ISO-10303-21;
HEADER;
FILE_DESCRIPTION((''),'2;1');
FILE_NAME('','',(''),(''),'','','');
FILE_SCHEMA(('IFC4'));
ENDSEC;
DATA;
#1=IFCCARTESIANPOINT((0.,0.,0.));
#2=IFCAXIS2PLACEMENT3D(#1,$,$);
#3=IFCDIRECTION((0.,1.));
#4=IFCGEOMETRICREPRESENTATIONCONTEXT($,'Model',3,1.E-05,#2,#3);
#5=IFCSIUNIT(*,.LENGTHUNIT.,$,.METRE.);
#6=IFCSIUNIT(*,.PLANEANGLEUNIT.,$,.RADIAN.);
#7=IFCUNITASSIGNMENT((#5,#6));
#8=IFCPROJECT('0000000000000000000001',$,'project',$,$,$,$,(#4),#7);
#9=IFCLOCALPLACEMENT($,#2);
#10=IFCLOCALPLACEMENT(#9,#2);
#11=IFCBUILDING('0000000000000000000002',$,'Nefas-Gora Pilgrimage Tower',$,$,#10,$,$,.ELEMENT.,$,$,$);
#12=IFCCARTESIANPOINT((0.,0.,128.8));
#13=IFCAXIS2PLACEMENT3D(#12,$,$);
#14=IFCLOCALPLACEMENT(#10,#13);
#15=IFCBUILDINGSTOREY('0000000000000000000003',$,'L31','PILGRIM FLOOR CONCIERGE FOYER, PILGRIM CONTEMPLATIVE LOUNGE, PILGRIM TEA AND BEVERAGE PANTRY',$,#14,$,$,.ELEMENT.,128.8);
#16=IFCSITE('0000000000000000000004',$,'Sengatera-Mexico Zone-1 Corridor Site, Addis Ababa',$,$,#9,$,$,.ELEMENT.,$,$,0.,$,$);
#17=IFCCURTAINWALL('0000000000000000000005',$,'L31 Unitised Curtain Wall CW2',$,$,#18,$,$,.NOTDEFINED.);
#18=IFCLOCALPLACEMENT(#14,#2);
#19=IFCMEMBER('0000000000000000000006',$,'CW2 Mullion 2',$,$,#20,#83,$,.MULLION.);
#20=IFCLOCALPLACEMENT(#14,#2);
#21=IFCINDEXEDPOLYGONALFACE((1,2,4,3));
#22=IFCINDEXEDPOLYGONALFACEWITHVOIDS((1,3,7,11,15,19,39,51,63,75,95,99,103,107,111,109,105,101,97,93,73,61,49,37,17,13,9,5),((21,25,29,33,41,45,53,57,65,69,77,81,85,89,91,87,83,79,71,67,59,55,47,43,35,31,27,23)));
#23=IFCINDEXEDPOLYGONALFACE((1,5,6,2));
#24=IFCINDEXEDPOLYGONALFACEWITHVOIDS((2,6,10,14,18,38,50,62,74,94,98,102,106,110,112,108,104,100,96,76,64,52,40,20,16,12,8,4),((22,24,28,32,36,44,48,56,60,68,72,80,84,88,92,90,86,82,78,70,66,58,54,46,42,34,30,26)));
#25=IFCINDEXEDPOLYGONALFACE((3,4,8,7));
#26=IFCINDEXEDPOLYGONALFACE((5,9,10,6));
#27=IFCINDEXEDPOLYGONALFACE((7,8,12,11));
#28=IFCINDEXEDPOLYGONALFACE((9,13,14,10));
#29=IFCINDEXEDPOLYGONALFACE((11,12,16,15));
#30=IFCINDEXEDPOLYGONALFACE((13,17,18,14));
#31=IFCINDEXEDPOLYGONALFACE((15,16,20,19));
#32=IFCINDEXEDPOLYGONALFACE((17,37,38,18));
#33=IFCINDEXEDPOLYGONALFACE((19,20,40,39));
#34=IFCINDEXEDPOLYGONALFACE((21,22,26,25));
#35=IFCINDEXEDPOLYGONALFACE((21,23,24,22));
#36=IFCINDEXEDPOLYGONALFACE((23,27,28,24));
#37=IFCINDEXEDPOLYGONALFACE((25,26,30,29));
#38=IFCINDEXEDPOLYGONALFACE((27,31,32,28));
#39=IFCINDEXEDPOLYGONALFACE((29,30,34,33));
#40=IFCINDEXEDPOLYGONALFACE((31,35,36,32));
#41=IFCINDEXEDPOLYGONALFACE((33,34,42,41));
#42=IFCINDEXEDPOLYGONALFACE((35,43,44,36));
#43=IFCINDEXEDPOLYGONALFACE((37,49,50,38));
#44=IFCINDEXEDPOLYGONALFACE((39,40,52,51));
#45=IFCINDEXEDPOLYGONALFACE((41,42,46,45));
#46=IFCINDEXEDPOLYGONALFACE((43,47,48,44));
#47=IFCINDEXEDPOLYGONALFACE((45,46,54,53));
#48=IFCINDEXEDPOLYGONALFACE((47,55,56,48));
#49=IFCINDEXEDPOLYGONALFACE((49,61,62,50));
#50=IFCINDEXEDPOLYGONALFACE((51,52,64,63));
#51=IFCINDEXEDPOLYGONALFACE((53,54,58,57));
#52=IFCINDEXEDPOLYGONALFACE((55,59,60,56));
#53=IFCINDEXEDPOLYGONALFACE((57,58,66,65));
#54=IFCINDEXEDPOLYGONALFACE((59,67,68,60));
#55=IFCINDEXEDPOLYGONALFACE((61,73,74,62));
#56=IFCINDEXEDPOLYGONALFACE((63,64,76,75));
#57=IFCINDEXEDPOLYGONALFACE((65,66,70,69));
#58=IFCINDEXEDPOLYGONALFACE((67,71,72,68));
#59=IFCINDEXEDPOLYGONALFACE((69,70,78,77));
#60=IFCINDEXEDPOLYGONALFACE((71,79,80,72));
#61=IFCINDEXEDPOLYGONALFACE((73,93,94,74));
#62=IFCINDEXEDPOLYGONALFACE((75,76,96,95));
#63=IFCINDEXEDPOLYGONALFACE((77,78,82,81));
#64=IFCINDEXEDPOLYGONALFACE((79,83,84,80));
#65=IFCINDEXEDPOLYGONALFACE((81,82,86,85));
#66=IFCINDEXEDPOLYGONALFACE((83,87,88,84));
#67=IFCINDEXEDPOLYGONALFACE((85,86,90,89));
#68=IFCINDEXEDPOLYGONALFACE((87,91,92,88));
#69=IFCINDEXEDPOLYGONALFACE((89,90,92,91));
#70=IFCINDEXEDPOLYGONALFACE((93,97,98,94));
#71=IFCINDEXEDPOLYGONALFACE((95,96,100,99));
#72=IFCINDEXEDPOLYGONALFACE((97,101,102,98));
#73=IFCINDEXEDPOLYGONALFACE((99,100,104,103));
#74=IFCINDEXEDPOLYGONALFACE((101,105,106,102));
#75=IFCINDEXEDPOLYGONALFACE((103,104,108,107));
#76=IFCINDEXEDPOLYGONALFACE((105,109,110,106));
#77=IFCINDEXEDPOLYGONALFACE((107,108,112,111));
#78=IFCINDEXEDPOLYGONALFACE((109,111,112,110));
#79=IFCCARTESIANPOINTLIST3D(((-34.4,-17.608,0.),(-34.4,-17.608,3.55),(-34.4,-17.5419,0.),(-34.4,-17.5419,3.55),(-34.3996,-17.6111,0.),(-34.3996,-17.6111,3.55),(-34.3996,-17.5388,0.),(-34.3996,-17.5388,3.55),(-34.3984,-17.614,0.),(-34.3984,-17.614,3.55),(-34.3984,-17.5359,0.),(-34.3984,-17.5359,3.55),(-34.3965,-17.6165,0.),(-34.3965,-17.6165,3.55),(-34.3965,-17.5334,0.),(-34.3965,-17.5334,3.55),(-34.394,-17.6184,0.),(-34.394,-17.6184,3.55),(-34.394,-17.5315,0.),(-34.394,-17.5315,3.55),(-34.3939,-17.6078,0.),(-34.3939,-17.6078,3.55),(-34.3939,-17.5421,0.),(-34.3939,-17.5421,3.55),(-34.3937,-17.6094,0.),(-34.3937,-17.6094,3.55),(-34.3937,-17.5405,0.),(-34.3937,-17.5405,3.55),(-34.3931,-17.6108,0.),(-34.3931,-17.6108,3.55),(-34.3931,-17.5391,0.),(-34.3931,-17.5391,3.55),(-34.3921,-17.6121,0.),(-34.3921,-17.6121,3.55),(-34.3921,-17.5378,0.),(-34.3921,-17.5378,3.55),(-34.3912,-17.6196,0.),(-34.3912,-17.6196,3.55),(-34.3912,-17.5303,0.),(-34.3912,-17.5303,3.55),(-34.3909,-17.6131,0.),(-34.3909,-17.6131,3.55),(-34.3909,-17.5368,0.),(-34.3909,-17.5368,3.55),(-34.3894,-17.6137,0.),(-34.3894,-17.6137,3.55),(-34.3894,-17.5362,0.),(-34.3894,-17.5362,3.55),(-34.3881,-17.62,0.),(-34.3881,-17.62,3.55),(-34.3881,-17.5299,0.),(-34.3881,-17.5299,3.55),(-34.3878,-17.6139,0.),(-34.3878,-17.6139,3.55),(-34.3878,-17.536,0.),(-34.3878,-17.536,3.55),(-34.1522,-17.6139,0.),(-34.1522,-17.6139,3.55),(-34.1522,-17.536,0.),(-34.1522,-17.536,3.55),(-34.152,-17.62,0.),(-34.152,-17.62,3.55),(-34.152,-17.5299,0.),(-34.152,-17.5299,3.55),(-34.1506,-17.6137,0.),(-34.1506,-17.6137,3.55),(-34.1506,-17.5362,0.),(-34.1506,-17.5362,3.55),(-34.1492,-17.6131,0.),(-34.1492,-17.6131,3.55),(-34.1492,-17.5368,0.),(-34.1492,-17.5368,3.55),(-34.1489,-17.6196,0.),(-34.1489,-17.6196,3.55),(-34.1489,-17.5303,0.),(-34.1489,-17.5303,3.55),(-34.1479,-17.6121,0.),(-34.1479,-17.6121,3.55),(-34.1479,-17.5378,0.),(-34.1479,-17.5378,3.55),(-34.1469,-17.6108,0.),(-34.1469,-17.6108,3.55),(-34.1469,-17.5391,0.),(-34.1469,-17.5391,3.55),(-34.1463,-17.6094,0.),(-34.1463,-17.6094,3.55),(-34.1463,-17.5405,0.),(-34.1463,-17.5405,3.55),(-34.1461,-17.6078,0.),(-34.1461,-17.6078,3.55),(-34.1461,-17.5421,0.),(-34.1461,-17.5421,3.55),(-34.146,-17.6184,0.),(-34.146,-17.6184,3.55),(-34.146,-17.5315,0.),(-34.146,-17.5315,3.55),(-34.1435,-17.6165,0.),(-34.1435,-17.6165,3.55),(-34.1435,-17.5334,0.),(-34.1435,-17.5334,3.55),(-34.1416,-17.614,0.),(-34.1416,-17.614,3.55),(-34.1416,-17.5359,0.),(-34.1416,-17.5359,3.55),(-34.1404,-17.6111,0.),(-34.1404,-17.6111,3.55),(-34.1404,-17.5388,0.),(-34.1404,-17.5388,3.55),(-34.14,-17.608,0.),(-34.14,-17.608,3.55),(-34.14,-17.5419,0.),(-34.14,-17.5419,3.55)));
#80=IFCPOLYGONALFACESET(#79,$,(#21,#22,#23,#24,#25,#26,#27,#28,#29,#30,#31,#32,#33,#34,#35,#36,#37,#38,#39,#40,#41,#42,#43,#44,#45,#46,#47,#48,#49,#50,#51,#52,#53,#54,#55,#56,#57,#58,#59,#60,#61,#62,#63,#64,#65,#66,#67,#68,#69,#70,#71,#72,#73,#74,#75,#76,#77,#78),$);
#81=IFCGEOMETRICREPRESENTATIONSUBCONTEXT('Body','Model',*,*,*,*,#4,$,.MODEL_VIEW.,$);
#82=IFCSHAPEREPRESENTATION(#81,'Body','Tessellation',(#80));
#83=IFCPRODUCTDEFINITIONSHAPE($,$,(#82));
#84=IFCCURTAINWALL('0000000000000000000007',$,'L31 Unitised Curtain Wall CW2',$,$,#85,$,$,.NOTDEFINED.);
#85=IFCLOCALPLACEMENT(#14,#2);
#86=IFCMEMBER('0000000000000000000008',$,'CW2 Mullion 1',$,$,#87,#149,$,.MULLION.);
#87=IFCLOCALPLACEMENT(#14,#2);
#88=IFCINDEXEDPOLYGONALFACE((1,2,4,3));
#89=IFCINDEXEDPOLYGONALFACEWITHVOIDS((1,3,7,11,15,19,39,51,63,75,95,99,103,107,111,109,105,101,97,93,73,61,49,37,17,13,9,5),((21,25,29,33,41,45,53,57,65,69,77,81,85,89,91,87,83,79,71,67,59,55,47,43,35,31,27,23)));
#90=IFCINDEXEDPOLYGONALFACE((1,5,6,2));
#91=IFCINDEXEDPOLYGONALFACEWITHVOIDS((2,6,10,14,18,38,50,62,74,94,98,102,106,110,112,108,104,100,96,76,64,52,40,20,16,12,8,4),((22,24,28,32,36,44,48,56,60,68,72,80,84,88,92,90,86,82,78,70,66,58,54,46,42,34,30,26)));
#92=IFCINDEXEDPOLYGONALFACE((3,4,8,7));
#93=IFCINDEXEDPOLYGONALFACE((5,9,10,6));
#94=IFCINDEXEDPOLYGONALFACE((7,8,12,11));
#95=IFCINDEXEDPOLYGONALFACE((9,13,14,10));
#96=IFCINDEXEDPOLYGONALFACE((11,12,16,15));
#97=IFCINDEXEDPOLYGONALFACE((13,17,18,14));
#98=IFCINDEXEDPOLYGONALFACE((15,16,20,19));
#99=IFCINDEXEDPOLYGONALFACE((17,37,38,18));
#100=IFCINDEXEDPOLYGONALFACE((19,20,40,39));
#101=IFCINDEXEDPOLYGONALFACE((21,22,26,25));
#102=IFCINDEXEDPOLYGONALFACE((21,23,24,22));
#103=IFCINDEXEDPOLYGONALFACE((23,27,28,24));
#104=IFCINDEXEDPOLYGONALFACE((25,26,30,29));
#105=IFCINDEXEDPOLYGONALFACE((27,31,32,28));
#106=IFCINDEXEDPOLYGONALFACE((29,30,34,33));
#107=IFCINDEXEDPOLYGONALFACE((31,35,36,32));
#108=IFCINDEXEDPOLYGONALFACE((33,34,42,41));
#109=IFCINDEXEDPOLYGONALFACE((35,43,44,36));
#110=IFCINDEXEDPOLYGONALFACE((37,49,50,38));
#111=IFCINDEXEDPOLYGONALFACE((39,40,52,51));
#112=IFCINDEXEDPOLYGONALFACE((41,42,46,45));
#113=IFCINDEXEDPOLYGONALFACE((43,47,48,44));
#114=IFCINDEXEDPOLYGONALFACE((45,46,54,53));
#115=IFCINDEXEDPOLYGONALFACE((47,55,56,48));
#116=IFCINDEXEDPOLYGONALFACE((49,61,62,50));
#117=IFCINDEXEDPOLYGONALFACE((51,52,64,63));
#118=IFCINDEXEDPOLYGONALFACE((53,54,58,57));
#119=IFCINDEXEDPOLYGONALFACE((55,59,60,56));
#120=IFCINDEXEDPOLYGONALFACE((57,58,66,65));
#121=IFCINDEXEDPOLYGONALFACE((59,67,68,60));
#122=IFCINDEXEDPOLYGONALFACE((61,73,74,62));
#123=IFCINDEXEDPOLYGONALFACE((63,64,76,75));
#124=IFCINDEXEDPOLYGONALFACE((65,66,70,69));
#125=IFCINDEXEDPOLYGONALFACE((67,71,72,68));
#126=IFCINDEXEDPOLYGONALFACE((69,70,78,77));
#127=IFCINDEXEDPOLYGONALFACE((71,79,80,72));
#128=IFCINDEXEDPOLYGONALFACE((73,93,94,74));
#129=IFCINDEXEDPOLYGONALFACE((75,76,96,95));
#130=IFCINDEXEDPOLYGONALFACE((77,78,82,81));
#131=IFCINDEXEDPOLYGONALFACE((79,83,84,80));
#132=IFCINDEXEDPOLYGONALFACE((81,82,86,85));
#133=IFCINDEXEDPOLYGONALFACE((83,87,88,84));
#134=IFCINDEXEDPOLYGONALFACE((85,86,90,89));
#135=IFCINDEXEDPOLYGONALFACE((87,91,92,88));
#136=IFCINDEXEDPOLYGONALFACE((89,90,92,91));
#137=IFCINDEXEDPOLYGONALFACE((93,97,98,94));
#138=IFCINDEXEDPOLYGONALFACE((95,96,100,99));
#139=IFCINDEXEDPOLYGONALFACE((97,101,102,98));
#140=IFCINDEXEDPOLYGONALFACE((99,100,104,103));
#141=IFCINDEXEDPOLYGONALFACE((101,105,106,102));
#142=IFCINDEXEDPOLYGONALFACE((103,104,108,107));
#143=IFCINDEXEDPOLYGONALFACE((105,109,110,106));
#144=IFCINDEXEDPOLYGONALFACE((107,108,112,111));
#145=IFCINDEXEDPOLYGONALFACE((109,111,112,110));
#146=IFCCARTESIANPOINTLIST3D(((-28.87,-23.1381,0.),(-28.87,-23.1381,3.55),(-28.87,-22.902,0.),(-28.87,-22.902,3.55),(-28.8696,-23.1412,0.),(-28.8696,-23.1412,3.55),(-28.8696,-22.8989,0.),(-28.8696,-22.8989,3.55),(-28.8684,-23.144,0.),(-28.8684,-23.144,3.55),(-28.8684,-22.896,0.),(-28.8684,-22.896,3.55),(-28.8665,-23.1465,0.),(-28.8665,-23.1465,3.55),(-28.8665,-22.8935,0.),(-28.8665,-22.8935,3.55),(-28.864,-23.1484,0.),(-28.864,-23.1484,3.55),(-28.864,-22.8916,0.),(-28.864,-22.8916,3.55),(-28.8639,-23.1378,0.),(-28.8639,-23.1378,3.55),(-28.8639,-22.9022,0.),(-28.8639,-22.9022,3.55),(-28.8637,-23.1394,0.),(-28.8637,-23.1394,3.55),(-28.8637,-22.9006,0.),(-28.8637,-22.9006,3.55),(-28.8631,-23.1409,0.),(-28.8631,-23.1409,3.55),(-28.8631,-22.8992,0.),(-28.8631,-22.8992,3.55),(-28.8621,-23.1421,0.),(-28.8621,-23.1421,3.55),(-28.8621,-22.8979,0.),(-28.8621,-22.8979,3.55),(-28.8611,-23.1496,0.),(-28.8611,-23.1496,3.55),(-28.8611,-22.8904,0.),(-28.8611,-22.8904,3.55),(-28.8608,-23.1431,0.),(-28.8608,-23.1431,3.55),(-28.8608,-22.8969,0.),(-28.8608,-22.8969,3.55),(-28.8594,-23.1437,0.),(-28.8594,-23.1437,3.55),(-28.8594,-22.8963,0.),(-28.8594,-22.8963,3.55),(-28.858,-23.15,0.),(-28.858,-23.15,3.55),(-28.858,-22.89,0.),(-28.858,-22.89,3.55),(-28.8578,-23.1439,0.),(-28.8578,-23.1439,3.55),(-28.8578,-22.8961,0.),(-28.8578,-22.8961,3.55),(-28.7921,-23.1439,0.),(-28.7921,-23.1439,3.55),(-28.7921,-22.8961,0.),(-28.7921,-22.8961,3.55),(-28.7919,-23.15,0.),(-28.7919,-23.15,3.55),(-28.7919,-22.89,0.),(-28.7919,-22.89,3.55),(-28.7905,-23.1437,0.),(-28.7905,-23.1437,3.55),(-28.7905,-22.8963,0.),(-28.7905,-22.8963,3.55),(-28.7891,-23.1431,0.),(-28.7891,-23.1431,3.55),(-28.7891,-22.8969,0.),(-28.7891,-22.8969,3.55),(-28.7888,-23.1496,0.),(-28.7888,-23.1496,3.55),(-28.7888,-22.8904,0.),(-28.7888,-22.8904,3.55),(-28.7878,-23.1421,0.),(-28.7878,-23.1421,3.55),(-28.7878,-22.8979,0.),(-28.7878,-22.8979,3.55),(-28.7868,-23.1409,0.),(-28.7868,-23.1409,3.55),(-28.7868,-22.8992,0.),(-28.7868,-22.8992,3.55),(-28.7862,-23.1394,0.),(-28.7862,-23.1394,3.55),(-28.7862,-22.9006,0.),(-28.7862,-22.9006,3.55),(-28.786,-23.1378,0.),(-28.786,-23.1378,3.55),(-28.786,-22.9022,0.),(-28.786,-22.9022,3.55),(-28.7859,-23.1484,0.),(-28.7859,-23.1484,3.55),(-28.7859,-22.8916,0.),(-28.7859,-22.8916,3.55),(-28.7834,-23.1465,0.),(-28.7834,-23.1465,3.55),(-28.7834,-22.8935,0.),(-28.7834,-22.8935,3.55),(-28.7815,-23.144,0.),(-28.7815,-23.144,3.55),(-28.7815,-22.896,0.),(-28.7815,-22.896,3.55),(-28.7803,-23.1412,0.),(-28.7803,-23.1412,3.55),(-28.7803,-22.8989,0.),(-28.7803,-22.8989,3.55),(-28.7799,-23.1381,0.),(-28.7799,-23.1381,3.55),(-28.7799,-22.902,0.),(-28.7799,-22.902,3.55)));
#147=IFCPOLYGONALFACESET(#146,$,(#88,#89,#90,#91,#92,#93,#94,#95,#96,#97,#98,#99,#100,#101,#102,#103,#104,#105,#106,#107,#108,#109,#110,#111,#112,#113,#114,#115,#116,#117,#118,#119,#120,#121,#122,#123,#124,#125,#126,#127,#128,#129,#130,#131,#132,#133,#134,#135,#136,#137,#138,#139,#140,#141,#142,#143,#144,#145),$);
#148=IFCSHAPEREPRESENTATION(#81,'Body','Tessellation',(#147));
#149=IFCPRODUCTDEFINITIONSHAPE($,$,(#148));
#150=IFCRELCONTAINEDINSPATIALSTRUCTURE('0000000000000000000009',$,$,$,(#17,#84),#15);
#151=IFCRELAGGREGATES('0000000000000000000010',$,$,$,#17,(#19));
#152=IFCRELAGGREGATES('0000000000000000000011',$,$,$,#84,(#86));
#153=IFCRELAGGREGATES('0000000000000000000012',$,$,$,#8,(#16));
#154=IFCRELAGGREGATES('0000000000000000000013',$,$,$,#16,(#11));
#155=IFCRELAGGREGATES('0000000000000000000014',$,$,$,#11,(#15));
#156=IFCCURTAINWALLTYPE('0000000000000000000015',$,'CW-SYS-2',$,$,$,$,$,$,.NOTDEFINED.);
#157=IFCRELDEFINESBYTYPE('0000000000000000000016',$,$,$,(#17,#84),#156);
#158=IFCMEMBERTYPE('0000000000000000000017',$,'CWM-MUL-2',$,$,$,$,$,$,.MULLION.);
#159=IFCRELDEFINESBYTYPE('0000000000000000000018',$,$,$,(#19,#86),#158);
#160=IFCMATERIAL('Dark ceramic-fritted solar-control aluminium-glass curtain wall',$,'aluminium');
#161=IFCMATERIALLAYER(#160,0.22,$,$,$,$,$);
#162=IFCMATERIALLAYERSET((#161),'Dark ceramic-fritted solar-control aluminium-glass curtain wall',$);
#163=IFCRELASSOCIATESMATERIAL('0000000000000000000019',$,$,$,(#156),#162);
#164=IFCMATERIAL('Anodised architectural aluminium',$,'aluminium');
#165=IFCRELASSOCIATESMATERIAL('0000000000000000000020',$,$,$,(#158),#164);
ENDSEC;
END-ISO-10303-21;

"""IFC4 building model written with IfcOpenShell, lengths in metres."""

from ifc_helpers import new_model, si_unit, direction, frame, origin, origin_2d, place, context, subcontext, project, spatial, hollow_rectangle, extrude, source, transform, mapped, material, layer, layer_set, material_profile, profile_set, type_object, element, aggregate, save


model = new_model("IFC4")

# Units and contexts
model_context = context("Model", 3, precision=1e-05, world=origin(), true_north=direction((0.0, 1.0)))
body_context = subcontext(model_context, "Body", "Model", "MODEL_VIEW")
ifc_project = project(units=[si_unit("LENGTHUNIT", "METRE"), si_unit("PLANEANGLEUNIT", "RADIAN")], contexts=[model_context])

# Site, building, storey
site_placement = place(None, origin())
site = spatial("IfcSite", under=ifc_project, at=site_placement, Name="Sengatera-Mexico Zone-1 Corridor Site, Addis Ababa", CompositionType="ELEMENT", RefElevation=0.0)
building_placement = place(site_placement, origin())
building = spatial("IfcBuilding", under=site, at=building_placement, Name="Nefas-Gora Pilgrimage Tower", CompositionType="ELEMENT")
storey_placement = place(building_placement, frame((0.0, 0.0, 128.8)))
storey = spatial("IfcBuildingStorey", under=building, at=storey_placement, Name="L31", Description="PILGRIM FLOOR CONCIERGE FOYER, PILGRIM CONTEMPLATIVE LOUNGE, PILGRIM TEA AND BEVERAGE PANTRY", CompositionType="ELEMENT", Elevation=128.8)

# Shared definitions
ifc_material_1 = material(Name="Dark ceramic-fritted solar-control aluminium-glass curtain wall", Category="aluminium")
ifc_material_2 = material(Name="Anodised architectural aluminium", Category="aluminium")

# Curtain wall, member
ifc_layer_1 = layer(ifc_material_1, 0.22)
ifc_layer_set_1 = layer_set([ifc_layer_1], Name="Dark ceramic-fritted solar-control aluminium-glass curtain wall")
curtain_wall_type_1 = type_object("IfcCurtainWallType", Name="CW-SYS-2", PredefinedType="NOTDEFINED", material=ifc_layer_set_1)
curtain_wall_1_placement = place(storey_placement, origin())
curtain_wall_1 = element("IfcCurtainWall", 1, at=curtain_wall_1_placement, inside=storey, type_object=curtain_wall_type_1, Name="L31 Unitised Curtain Wall CW2", PredefinedType="NOTDEFINED")
ifc_material_profile_1 = material_profile(ifc_material_2, hollow_rectangle(XDim=0.0901, YDim=0.26, WallThickness=0.0061, InnerFilletRadius=0.0061, OuterFilletRadius=0.012, at=origin_2d()), Name="ALU MULLION 90x260")
ifc_profile_set_1 = profile_set([ifc_material_profile_1], Name="Anodised architectural aluminium")
member_type_1 = type_object("IfcMemberType", Name="CWM-MUL-2", PredefinedType="MULLION", material=ifc_profile_set_1)
shared_shape_1 = source(origin(), body_context, "Body", "SweptSolid", [
    extrude(hollow_rectangle(XDim=0.0901, YDim=0.26, WallThickness=0.0061, InnerFilletRadius=0.0061, OuterFilletRadius=0.012, at=origin_2d()), origin(), (0.0, 0.0, 1.0), 3.55),
])
member_1_placement = place(storey_placement, frame((-34.27, -17.575, 0.0), z_axis=(0.0, 0.0, 1.0), x_axis=(0.0, -1.0, 0.0)))
member_1 = element("IfcMember", 2, at=member_1_placement, type_object=member_type_1, Name="CW2 Mullion 2", PredefinedType="MULLION", context=body_context, shape_type="MappedRepresentation", body=[
    mapped(shared_shape_1, transform((0.0, 0.0, 0.0), x_axis=(1.0, 0.0, 0.0), y_axis=(0.0, 1.0, 0.0), z_axis=(0.0, 0.0, 1.0), scale=1.0)),
])
aggregate(curtain_wall_1, [member_1])

# Curtain wall, member
curtain_wall_2_placement = place(storey_placement, origin())
curtain_wall_2 = element("IfcCurtainWall", 3, at=curtain_wall_2_placement, inside=storey, type_object=curtain_wall_type_1, Name="L31 Unitised Curtain Wall CW2", PredefinedType="NOTDEFINED")
member_2_placement = place(storey_placement, frame((-28.825, -23.02, 0.0), z_axis=(0.0, 0.0, 1.0), x_axis=(1.0, 0.0, 0.0)))
member_2 = element("IfcMember", 4, at=member_2_placement, type_object=member_type_1, Name="CW2 Mullion 1", PredefinedType="MULLION", context=body_context, shape_type="MappedRepresentation", body=[
    mapped(shared_shape_1, transform((0.0, 0.0, 0.0), x_axis=(1.0, 0.0, 0.0), y_axis=(0.0, 1.0, 0.0), z_axis=(0.0, 0.0, 1.0), scale=1.0)),
])

aggregate(curtain_wall_2, [member_2])

save(model, "model.ifc")
